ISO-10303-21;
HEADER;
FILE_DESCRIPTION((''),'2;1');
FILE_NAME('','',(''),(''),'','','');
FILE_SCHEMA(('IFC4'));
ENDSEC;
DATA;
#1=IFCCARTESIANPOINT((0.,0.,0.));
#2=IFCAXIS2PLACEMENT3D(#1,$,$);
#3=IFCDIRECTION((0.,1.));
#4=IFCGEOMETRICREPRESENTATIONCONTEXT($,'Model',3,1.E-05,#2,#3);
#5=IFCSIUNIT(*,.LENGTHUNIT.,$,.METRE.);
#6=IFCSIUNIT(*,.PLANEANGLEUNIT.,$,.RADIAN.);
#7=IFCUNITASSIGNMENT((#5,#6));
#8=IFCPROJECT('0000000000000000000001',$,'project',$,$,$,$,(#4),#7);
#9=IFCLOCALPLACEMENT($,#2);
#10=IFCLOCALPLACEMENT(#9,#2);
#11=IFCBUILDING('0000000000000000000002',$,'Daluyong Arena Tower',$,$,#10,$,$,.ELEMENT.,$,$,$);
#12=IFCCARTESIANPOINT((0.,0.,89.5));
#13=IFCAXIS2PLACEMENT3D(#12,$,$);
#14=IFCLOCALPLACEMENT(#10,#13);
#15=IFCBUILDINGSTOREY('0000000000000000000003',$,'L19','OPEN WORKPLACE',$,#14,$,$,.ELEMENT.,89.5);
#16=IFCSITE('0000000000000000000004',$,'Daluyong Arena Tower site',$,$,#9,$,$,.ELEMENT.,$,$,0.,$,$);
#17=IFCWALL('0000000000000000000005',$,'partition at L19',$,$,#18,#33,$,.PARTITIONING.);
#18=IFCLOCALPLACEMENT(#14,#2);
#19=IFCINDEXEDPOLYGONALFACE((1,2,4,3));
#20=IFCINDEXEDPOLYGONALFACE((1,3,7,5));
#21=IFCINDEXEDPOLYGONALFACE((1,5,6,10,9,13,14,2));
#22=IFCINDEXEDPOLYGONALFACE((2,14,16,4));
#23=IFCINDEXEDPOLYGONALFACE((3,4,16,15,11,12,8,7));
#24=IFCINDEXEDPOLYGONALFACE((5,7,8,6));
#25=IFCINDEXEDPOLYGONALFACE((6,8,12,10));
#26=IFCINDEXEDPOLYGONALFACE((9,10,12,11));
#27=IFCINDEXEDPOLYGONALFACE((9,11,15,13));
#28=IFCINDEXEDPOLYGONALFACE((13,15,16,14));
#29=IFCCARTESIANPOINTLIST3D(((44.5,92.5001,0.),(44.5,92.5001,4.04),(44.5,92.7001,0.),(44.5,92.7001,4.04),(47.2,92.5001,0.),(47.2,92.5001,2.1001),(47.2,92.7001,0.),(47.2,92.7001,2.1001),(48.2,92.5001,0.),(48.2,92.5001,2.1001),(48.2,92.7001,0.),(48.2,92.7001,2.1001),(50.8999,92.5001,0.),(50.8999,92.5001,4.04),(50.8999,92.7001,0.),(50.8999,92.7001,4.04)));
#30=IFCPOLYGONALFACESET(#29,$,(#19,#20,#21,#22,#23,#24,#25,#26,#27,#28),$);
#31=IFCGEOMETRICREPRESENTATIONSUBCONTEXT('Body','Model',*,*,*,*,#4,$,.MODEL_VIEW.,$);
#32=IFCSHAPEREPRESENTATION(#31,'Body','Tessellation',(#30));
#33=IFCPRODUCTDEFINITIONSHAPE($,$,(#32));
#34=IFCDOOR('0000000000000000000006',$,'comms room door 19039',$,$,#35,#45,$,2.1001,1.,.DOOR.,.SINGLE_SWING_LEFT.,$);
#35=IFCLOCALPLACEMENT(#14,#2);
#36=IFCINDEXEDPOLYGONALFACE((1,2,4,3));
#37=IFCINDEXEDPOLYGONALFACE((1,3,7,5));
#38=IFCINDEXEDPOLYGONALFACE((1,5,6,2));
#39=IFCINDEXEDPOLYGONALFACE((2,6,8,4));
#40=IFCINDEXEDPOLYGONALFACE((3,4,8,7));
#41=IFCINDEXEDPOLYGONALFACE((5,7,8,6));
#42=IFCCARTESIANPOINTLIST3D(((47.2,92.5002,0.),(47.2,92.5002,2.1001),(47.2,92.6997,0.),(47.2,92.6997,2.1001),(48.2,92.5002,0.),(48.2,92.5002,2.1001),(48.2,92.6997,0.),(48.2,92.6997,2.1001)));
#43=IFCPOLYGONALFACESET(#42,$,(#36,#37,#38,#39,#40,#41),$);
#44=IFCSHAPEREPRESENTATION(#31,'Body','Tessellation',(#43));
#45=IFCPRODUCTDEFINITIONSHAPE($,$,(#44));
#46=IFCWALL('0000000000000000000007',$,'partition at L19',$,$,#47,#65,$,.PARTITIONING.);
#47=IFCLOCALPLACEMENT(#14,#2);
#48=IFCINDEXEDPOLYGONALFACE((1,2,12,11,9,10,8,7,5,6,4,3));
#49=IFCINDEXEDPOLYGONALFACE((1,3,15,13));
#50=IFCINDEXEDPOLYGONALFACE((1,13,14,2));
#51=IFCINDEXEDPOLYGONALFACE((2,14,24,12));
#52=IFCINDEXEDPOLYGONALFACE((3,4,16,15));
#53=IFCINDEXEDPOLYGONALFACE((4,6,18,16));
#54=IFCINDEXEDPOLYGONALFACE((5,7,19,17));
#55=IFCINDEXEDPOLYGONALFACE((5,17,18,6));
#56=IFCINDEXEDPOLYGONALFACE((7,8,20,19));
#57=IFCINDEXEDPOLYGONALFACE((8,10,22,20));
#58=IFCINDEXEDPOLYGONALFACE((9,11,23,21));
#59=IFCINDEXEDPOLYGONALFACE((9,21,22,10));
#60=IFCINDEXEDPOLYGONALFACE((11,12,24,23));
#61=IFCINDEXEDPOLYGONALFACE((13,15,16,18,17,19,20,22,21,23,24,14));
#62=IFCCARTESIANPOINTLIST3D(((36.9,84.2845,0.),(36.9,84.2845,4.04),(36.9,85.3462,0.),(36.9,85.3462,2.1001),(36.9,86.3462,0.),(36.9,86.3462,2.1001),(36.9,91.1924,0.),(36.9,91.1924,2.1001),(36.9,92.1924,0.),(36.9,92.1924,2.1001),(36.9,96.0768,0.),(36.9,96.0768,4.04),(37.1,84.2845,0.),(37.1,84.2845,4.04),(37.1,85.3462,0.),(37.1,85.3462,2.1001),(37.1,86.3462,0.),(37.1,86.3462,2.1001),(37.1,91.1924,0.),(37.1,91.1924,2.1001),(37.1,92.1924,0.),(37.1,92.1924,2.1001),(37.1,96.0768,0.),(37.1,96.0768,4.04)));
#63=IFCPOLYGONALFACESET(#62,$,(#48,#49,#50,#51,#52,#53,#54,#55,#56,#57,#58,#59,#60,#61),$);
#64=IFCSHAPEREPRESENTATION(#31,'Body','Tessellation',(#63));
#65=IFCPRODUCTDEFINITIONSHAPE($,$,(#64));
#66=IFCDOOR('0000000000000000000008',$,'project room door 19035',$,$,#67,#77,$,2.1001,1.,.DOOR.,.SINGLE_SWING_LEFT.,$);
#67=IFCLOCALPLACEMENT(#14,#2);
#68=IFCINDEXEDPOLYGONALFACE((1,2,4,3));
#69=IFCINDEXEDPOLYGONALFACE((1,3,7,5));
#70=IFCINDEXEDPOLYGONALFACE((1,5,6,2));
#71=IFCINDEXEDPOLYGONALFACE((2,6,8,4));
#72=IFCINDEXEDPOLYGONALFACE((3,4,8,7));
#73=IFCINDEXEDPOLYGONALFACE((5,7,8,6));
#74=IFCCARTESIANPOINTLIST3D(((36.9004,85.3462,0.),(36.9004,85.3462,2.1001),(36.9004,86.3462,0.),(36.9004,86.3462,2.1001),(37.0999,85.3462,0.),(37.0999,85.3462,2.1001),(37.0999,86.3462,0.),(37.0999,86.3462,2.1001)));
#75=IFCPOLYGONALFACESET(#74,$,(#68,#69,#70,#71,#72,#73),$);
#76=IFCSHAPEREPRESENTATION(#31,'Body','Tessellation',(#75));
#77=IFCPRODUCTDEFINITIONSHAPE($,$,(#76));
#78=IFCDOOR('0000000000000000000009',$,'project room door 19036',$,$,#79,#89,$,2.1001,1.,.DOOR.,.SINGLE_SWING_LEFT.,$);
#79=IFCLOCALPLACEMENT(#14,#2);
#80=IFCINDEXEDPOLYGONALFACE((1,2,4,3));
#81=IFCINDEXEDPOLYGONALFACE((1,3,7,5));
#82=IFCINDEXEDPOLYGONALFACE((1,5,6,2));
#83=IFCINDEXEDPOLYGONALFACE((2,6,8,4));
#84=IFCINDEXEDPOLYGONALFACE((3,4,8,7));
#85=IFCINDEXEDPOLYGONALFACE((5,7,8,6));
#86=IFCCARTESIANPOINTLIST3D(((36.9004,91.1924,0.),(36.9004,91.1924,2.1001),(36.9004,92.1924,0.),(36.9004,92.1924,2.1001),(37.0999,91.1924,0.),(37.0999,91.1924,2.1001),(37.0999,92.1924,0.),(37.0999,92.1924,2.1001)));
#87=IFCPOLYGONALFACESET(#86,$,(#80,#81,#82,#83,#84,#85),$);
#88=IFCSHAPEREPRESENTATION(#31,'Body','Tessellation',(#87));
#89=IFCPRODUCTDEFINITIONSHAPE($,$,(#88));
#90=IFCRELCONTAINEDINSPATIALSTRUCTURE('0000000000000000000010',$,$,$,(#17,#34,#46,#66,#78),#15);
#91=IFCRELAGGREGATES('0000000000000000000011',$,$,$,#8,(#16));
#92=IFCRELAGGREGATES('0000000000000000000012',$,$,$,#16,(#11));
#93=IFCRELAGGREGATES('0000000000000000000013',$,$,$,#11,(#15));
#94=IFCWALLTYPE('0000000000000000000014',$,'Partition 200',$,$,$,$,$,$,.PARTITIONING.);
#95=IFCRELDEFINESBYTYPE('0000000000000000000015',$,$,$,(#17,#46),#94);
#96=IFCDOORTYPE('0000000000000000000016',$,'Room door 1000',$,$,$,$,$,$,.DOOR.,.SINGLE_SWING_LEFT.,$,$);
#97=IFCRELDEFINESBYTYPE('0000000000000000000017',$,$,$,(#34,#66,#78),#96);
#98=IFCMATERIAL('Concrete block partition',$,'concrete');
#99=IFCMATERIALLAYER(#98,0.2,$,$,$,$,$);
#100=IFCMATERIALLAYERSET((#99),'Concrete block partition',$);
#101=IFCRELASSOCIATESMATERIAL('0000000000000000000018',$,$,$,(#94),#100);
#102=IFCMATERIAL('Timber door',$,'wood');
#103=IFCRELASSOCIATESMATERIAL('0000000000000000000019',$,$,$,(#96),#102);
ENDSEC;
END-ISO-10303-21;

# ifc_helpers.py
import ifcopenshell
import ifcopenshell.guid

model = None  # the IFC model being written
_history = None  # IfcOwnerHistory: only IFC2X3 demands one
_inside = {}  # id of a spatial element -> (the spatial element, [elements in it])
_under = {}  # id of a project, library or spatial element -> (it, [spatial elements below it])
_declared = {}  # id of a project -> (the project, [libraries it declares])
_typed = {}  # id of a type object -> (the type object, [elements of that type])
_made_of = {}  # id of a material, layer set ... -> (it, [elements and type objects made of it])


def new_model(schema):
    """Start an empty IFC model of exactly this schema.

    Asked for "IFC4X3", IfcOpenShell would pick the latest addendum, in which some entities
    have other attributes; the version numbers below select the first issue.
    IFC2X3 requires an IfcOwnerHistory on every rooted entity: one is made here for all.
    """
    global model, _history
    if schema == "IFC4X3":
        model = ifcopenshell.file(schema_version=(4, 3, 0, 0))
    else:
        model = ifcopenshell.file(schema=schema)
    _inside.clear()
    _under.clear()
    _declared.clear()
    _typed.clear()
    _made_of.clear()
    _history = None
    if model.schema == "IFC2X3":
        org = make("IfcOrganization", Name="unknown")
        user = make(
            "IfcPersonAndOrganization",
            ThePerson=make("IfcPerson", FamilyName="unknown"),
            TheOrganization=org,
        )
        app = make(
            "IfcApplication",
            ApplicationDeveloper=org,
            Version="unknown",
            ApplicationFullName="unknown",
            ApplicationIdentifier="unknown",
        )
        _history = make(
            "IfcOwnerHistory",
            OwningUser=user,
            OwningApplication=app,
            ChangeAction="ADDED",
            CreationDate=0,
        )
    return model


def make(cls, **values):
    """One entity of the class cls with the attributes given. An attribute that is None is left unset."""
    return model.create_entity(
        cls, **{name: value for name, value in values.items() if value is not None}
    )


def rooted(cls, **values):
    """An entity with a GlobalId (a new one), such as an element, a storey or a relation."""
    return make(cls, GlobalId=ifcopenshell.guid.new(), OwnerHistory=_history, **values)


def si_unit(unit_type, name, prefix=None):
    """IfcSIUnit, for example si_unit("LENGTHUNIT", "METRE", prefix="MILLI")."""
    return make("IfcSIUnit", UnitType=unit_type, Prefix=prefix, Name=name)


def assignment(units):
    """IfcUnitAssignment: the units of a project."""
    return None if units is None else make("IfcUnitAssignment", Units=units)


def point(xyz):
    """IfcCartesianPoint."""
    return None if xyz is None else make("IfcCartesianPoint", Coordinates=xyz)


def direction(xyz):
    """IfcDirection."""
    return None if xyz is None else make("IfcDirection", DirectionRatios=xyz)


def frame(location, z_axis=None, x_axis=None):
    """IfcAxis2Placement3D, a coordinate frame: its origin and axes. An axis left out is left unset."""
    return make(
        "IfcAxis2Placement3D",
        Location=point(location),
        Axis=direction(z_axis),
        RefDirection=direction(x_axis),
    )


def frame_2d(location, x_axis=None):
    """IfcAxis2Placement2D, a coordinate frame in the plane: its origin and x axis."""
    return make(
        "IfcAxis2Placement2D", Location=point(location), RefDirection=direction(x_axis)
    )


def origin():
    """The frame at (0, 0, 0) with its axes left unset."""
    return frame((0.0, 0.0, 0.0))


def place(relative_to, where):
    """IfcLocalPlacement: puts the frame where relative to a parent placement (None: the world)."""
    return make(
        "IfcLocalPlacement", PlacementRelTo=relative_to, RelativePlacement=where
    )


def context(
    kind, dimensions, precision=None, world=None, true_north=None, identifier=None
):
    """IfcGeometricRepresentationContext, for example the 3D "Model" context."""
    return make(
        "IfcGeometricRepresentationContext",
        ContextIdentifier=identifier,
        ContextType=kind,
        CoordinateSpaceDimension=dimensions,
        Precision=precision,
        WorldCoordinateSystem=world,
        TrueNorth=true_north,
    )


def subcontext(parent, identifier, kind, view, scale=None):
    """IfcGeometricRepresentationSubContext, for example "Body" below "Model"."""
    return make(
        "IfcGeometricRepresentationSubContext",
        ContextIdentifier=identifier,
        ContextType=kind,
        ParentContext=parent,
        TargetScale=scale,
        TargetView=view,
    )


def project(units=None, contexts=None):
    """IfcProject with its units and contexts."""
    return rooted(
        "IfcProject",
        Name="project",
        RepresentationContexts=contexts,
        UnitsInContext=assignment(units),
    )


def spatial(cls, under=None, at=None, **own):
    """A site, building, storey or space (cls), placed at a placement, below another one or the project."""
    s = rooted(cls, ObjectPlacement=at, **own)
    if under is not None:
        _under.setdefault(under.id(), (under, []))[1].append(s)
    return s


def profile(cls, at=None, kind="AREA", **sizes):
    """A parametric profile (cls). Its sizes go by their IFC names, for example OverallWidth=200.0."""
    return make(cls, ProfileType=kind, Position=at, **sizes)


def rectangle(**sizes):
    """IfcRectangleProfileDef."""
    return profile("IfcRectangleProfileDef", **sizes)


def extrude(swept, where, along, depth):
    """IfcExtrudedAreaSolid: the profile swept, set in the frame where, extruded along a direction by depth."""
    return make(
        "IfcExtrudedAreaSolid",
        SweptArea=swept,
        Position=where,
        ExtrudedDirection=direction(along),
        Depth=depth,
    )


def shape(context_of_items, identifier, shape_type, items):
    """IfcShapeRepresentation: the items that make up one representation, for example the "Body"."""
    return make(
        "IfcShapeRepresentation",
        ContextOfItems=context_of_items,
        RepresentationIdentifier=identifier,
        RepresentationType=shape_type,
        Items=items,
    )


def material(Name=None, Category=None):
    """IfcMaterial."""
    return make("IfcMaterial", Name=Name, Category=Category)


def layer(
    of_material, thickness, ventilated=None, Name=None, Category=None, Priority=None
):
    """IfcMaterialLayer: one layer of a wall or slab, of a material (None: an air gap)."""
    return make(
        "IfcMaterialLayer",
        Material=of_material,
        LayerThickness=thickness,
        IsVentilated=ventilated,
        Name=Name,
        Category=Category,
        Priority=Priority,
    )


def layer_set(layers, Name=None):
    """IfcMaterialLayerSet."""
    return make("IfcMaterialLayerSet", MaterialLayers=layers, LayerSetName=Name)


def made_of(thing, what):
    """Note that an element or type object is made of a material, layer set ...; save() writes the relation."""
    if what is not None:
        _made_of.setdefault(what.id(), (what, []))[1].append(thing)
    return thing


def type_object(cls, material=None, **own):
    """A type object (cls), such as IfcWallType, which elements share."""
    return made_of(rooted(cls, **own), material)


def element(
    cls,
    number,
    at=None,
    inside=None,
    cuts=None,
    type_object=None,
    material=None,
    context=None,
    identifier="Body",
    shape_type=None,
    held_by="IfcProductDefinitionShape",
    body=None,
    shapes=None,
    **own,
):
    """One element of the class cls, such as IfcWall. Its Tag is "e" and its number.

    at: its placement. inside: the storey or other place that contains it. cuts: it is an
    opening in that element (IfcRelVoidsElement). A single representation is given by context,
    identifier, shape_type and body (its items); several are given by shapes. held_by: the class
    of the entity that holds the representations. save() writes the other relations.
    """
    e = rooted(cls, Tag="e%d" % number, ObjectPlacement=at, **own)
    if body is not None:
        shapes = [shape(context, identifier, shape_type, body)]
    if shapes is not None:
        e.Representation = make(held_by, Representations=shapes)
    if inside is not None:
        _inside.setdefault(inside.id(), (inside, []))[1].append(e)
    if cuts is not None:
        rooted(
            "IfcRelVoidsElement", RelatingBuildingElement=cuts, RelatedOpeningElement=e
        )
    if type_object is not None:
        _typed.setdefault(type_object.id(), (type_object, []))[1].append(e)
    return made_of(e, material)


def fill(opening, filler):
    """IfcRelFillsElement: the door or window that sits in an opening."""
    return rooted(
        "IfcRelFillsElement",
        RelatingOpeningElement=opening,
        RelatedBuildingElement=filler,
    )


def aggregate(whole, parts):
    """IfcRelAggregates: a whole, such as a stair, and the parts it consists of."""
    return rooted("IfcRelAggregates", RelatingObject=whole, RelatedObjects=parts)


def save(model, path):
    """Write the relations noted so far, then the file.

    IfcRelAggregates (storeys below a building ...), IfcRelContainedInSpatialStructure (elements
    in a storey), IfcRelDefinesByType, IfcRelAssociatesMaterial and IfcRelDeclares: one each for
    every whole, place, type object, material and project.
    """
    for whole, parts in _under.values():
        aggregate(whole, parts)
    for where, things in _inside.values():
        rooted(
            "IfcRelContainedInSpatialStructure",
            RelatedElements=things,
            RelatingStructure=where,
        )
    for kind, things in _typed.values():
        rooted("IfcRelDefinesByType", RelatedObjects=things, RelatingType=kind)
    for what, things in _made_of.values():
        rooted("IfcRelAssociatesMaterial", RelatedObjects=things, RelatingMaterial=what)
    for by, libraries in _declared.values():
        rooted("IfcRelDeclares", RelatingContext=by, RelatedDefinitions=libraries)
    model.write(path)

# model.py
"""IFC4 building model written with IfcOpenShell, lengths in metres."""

from ifc_helpers import new_model, si_unit, direction, frame, frame_2d, origin, place, context, subcontext, project, spatial, rectangle, extrude, material, layer, layer_set, type_object, element, fill, save


model = new_model("IFC4")

# Units and contexts
model_context = context("Model", 3, precision=1e-05, world=origin(), true_north=direction((0.0, 1.0)))
body_context = subcontext(model_context, "Body", "Model", "MODEL_VIEW")
ifc_project = project(units=[si_unit("LENGTHUNIT", "METRE"), si_unit("PLANEANGLEUNIT", "RADIAN")], contexts=[model_context])

# Site, building, storey
site_placement = place(None, origin())
site = spatial("IfcSite", under=ifc_project, at=site_placement, Name="Daluyong Arena Tower site", CompositionType="ELEMENT", RefElevation=0.0)
building_placement = place(site_placement, origin())
building = spatial("IfcBuilding", under=site, at=building_placement, Name="Daluyong Arena Tower", CompositionType="ELEMENT")
storey_placement = place(building_placement, frame((0.0, 0.0, 89.5)))
storey = spatial("IfcBuildingStorey", under=building, at=storey_placement, Name="L19", Description="OPEN WORKPLACE", CompositionType="ELEMENT", Elevation=89.5)

# Shared definitions
ifc_material_1 = material(Name="Concrete block partition", Category="concrete")
ifc_layer_1 = layer(ifc_material_1, 0.2)
ifc_layer_set_1 = layer_set([ifc_layer_1], Name="Concrete block partition")
wall_type_1 = type_object("IfcWallType", Name="Partition 200", PredefinedType="PARTITIONING", material=ifc_layer_set_1)

# Wall, opening, door
wall_1_placement = place(storey_placement, frame((44.5, 92.6001, 0.0), z_axis=(0.0, 0.0, 1.0), x_axis=(1.0, 0.0, 0.0)))
wall_1 = element("IfcWall", 1, at=wall_1_placement, inside=storey, type_object=wall_type_1, Name="partition at L19", PredefinedType="PARTITIONING", context=body_context, shape_type="SweptSolid", body=[
    extrude(rectangle(XDim=6.3999, YDim=0.2, at=frame_2d((3.2, 0.0))), origin(), (0.0, 0.0, 1.0), 4.04),
])
opening_1_placement = place(wall_1_placement, frame((2.7, 0.0, 0.0)))
opening_1 = element("IfcOpeningElement", 2, at=opening_1_placement, cuts=wall_1, PredefinedType="OPENING", context=body_context, shape_type="SweptSolid", body=[
    extrude(rectangle(XDim=1.0, YDim=2.1001, at=frame_2d((0.5, 1.05))), frame((0.0, 0.1099, 0.0), z_axis=(0.0, -1.0, 0.0), x_axis=(1.0, 0.0, 0.0)), (0.0, 0.0, 1.0), 0.22),
])
ifc_material_2 = material(Name="Timber door", Category="wood")
door_type_1 = type_object("IfcDoorType", Name="Room door 1000", OperationType="SINGLE_SWING_LEFT", PredefinedType="DOOR", material=ifc_material_2)
door_1_placement = place(opening_1_placement, origin())
door_1 = element("IfcDoor", 3, at=door_1_placement, inside=storey, type_object=door_type_1, Name="comms room door 19039", OperationType="SINGLE_SWING_LEFT", OverallHeight=2.1001, OverallWidth=1.0, PredefinedType="DOOR", context=body_context, shape_type="SweptSolid", body=[
    extrude(rectangle(XDim=1.0, YDim=2.1001, at=frame_2d((0.5, 1.05))), frame((0.0, 0.0996, 0.0), z_axis=(0.0, -1.0, 0.0), x_axis=(1.0, 0.0, 0.0)), (0.0, 0.0, 1.0), 0.1995),
])
fill(opening_1, door_1)

# Wall, openings, doors
wall_2_placement = place(storey_placement, frame((37.0, 84.2847, 0.0), z_axis=(0.0, 0.0, 1.0), x_axis=(0.0, 1.0, 0.0)))
wall_2 = element("IfcWall", 4, at=wall_2_placement, inside=storey, type_object=wall_type_1, Name="partition at L19", PredefinedType="PARTITIONING", context=body_context, shape_type="SweptSolid", body=[
    extrude(rectangle(XDim=11.7922, YDim=0.2, at=frame_2d((5.896, 0.0))), origin(), (0.0, 0.0, 1.0), 4.04),
])
opening_2_placement = place(wall_2_placement, frame((1.0615, 0.0, 0.0)))
opening_2 = element("IfcOpeningElement", 5, at=opening_2_placement, cuts=wall_2, PredefinedType="OPENING", context=body_context, shape_type="SweptSolid", body=[
    extrude(rectangle(XDim=1.0, YDim=2.1001, at=frame_2d((0.5, 1.05))), frame((0.0, 0.1099, 0.0), z_axis=(0.0, -1.0, 0.0), x_axis=(1.0, 0.0, 0.0)), (0.0, 0.0, 1.0), 0.22),
])
opening_3_placement = place(wall_2_placement, frame((6.9077, 0.0, 0.0)))
opening_3 = element("IfcOpeningElement", 6, at=opening_3_placement, cuts=wall_2, PredefinedType="OPENING", context=body_context, shape_type="SweptSolid", body=[
    extrude(rectangle(XDim=1.0, YDim=2.1001, at=frame_2d((0.5, 1.05))), frame((0.0, 0.1099, 0.0), z_axis=(0.0, -1.0, 0.0), x_axis=(1.0, 0.0, 0.0)), (0.0, 0.0, 1.0), 0.22),
])
door_2_placement = place(opening_2_placement, origin())
door_2 = element("IfcDoor", 7, at=door_2_placement, inside=storey, type_object=door_type_1, Name="project room door 19035", OperationType="SINGLE_SWING_LEFT", OverallHeight=2.1001, OverallWidth=1.0, PredefinedType="DOOR", context=body_context, shape_type="SweptSolid", body=[
    extrude(rectangle(XDim=1.0, YDim=2.1001, at=frame_2d((0.5, 1.05))), frame((0.0, 0.0996, 0.0), z_axis=(0.0, -1.0, 0.0), x_axis=(1.0, 0.0, 0.0)), (0.0, 0.0, 1.0), 0.1995),
])
fill(opening_2, door_2)
door_3_placement = place(opening_3_placement, origin())
door_3 = element("IfcDoor", 8, at=door_3_placement, inside=storey, type_object=door_type_1, Name="project room door 19036", OperationType="SINGLE_SWING_LEFT", OverallHeight=2.1001, OverallWidth=1.0, PredefinedType="DOOR", context=body_context, shape_type="SweptSolid", body=[
    extrude(rectangle(XDim=1.0, YDim=2.1001, at=frame_2d((0.5, 1.05))), frame((0.0, 0.0996, 0.0), z_axis=(0.0, -1.0, 0.0), x_axis=(1.0, 0.0, 0.0)), (0.0, 0.0, 1.0), 0.1995),
])
fill(opening_3, door_3)

save(model, "model.ifc")
